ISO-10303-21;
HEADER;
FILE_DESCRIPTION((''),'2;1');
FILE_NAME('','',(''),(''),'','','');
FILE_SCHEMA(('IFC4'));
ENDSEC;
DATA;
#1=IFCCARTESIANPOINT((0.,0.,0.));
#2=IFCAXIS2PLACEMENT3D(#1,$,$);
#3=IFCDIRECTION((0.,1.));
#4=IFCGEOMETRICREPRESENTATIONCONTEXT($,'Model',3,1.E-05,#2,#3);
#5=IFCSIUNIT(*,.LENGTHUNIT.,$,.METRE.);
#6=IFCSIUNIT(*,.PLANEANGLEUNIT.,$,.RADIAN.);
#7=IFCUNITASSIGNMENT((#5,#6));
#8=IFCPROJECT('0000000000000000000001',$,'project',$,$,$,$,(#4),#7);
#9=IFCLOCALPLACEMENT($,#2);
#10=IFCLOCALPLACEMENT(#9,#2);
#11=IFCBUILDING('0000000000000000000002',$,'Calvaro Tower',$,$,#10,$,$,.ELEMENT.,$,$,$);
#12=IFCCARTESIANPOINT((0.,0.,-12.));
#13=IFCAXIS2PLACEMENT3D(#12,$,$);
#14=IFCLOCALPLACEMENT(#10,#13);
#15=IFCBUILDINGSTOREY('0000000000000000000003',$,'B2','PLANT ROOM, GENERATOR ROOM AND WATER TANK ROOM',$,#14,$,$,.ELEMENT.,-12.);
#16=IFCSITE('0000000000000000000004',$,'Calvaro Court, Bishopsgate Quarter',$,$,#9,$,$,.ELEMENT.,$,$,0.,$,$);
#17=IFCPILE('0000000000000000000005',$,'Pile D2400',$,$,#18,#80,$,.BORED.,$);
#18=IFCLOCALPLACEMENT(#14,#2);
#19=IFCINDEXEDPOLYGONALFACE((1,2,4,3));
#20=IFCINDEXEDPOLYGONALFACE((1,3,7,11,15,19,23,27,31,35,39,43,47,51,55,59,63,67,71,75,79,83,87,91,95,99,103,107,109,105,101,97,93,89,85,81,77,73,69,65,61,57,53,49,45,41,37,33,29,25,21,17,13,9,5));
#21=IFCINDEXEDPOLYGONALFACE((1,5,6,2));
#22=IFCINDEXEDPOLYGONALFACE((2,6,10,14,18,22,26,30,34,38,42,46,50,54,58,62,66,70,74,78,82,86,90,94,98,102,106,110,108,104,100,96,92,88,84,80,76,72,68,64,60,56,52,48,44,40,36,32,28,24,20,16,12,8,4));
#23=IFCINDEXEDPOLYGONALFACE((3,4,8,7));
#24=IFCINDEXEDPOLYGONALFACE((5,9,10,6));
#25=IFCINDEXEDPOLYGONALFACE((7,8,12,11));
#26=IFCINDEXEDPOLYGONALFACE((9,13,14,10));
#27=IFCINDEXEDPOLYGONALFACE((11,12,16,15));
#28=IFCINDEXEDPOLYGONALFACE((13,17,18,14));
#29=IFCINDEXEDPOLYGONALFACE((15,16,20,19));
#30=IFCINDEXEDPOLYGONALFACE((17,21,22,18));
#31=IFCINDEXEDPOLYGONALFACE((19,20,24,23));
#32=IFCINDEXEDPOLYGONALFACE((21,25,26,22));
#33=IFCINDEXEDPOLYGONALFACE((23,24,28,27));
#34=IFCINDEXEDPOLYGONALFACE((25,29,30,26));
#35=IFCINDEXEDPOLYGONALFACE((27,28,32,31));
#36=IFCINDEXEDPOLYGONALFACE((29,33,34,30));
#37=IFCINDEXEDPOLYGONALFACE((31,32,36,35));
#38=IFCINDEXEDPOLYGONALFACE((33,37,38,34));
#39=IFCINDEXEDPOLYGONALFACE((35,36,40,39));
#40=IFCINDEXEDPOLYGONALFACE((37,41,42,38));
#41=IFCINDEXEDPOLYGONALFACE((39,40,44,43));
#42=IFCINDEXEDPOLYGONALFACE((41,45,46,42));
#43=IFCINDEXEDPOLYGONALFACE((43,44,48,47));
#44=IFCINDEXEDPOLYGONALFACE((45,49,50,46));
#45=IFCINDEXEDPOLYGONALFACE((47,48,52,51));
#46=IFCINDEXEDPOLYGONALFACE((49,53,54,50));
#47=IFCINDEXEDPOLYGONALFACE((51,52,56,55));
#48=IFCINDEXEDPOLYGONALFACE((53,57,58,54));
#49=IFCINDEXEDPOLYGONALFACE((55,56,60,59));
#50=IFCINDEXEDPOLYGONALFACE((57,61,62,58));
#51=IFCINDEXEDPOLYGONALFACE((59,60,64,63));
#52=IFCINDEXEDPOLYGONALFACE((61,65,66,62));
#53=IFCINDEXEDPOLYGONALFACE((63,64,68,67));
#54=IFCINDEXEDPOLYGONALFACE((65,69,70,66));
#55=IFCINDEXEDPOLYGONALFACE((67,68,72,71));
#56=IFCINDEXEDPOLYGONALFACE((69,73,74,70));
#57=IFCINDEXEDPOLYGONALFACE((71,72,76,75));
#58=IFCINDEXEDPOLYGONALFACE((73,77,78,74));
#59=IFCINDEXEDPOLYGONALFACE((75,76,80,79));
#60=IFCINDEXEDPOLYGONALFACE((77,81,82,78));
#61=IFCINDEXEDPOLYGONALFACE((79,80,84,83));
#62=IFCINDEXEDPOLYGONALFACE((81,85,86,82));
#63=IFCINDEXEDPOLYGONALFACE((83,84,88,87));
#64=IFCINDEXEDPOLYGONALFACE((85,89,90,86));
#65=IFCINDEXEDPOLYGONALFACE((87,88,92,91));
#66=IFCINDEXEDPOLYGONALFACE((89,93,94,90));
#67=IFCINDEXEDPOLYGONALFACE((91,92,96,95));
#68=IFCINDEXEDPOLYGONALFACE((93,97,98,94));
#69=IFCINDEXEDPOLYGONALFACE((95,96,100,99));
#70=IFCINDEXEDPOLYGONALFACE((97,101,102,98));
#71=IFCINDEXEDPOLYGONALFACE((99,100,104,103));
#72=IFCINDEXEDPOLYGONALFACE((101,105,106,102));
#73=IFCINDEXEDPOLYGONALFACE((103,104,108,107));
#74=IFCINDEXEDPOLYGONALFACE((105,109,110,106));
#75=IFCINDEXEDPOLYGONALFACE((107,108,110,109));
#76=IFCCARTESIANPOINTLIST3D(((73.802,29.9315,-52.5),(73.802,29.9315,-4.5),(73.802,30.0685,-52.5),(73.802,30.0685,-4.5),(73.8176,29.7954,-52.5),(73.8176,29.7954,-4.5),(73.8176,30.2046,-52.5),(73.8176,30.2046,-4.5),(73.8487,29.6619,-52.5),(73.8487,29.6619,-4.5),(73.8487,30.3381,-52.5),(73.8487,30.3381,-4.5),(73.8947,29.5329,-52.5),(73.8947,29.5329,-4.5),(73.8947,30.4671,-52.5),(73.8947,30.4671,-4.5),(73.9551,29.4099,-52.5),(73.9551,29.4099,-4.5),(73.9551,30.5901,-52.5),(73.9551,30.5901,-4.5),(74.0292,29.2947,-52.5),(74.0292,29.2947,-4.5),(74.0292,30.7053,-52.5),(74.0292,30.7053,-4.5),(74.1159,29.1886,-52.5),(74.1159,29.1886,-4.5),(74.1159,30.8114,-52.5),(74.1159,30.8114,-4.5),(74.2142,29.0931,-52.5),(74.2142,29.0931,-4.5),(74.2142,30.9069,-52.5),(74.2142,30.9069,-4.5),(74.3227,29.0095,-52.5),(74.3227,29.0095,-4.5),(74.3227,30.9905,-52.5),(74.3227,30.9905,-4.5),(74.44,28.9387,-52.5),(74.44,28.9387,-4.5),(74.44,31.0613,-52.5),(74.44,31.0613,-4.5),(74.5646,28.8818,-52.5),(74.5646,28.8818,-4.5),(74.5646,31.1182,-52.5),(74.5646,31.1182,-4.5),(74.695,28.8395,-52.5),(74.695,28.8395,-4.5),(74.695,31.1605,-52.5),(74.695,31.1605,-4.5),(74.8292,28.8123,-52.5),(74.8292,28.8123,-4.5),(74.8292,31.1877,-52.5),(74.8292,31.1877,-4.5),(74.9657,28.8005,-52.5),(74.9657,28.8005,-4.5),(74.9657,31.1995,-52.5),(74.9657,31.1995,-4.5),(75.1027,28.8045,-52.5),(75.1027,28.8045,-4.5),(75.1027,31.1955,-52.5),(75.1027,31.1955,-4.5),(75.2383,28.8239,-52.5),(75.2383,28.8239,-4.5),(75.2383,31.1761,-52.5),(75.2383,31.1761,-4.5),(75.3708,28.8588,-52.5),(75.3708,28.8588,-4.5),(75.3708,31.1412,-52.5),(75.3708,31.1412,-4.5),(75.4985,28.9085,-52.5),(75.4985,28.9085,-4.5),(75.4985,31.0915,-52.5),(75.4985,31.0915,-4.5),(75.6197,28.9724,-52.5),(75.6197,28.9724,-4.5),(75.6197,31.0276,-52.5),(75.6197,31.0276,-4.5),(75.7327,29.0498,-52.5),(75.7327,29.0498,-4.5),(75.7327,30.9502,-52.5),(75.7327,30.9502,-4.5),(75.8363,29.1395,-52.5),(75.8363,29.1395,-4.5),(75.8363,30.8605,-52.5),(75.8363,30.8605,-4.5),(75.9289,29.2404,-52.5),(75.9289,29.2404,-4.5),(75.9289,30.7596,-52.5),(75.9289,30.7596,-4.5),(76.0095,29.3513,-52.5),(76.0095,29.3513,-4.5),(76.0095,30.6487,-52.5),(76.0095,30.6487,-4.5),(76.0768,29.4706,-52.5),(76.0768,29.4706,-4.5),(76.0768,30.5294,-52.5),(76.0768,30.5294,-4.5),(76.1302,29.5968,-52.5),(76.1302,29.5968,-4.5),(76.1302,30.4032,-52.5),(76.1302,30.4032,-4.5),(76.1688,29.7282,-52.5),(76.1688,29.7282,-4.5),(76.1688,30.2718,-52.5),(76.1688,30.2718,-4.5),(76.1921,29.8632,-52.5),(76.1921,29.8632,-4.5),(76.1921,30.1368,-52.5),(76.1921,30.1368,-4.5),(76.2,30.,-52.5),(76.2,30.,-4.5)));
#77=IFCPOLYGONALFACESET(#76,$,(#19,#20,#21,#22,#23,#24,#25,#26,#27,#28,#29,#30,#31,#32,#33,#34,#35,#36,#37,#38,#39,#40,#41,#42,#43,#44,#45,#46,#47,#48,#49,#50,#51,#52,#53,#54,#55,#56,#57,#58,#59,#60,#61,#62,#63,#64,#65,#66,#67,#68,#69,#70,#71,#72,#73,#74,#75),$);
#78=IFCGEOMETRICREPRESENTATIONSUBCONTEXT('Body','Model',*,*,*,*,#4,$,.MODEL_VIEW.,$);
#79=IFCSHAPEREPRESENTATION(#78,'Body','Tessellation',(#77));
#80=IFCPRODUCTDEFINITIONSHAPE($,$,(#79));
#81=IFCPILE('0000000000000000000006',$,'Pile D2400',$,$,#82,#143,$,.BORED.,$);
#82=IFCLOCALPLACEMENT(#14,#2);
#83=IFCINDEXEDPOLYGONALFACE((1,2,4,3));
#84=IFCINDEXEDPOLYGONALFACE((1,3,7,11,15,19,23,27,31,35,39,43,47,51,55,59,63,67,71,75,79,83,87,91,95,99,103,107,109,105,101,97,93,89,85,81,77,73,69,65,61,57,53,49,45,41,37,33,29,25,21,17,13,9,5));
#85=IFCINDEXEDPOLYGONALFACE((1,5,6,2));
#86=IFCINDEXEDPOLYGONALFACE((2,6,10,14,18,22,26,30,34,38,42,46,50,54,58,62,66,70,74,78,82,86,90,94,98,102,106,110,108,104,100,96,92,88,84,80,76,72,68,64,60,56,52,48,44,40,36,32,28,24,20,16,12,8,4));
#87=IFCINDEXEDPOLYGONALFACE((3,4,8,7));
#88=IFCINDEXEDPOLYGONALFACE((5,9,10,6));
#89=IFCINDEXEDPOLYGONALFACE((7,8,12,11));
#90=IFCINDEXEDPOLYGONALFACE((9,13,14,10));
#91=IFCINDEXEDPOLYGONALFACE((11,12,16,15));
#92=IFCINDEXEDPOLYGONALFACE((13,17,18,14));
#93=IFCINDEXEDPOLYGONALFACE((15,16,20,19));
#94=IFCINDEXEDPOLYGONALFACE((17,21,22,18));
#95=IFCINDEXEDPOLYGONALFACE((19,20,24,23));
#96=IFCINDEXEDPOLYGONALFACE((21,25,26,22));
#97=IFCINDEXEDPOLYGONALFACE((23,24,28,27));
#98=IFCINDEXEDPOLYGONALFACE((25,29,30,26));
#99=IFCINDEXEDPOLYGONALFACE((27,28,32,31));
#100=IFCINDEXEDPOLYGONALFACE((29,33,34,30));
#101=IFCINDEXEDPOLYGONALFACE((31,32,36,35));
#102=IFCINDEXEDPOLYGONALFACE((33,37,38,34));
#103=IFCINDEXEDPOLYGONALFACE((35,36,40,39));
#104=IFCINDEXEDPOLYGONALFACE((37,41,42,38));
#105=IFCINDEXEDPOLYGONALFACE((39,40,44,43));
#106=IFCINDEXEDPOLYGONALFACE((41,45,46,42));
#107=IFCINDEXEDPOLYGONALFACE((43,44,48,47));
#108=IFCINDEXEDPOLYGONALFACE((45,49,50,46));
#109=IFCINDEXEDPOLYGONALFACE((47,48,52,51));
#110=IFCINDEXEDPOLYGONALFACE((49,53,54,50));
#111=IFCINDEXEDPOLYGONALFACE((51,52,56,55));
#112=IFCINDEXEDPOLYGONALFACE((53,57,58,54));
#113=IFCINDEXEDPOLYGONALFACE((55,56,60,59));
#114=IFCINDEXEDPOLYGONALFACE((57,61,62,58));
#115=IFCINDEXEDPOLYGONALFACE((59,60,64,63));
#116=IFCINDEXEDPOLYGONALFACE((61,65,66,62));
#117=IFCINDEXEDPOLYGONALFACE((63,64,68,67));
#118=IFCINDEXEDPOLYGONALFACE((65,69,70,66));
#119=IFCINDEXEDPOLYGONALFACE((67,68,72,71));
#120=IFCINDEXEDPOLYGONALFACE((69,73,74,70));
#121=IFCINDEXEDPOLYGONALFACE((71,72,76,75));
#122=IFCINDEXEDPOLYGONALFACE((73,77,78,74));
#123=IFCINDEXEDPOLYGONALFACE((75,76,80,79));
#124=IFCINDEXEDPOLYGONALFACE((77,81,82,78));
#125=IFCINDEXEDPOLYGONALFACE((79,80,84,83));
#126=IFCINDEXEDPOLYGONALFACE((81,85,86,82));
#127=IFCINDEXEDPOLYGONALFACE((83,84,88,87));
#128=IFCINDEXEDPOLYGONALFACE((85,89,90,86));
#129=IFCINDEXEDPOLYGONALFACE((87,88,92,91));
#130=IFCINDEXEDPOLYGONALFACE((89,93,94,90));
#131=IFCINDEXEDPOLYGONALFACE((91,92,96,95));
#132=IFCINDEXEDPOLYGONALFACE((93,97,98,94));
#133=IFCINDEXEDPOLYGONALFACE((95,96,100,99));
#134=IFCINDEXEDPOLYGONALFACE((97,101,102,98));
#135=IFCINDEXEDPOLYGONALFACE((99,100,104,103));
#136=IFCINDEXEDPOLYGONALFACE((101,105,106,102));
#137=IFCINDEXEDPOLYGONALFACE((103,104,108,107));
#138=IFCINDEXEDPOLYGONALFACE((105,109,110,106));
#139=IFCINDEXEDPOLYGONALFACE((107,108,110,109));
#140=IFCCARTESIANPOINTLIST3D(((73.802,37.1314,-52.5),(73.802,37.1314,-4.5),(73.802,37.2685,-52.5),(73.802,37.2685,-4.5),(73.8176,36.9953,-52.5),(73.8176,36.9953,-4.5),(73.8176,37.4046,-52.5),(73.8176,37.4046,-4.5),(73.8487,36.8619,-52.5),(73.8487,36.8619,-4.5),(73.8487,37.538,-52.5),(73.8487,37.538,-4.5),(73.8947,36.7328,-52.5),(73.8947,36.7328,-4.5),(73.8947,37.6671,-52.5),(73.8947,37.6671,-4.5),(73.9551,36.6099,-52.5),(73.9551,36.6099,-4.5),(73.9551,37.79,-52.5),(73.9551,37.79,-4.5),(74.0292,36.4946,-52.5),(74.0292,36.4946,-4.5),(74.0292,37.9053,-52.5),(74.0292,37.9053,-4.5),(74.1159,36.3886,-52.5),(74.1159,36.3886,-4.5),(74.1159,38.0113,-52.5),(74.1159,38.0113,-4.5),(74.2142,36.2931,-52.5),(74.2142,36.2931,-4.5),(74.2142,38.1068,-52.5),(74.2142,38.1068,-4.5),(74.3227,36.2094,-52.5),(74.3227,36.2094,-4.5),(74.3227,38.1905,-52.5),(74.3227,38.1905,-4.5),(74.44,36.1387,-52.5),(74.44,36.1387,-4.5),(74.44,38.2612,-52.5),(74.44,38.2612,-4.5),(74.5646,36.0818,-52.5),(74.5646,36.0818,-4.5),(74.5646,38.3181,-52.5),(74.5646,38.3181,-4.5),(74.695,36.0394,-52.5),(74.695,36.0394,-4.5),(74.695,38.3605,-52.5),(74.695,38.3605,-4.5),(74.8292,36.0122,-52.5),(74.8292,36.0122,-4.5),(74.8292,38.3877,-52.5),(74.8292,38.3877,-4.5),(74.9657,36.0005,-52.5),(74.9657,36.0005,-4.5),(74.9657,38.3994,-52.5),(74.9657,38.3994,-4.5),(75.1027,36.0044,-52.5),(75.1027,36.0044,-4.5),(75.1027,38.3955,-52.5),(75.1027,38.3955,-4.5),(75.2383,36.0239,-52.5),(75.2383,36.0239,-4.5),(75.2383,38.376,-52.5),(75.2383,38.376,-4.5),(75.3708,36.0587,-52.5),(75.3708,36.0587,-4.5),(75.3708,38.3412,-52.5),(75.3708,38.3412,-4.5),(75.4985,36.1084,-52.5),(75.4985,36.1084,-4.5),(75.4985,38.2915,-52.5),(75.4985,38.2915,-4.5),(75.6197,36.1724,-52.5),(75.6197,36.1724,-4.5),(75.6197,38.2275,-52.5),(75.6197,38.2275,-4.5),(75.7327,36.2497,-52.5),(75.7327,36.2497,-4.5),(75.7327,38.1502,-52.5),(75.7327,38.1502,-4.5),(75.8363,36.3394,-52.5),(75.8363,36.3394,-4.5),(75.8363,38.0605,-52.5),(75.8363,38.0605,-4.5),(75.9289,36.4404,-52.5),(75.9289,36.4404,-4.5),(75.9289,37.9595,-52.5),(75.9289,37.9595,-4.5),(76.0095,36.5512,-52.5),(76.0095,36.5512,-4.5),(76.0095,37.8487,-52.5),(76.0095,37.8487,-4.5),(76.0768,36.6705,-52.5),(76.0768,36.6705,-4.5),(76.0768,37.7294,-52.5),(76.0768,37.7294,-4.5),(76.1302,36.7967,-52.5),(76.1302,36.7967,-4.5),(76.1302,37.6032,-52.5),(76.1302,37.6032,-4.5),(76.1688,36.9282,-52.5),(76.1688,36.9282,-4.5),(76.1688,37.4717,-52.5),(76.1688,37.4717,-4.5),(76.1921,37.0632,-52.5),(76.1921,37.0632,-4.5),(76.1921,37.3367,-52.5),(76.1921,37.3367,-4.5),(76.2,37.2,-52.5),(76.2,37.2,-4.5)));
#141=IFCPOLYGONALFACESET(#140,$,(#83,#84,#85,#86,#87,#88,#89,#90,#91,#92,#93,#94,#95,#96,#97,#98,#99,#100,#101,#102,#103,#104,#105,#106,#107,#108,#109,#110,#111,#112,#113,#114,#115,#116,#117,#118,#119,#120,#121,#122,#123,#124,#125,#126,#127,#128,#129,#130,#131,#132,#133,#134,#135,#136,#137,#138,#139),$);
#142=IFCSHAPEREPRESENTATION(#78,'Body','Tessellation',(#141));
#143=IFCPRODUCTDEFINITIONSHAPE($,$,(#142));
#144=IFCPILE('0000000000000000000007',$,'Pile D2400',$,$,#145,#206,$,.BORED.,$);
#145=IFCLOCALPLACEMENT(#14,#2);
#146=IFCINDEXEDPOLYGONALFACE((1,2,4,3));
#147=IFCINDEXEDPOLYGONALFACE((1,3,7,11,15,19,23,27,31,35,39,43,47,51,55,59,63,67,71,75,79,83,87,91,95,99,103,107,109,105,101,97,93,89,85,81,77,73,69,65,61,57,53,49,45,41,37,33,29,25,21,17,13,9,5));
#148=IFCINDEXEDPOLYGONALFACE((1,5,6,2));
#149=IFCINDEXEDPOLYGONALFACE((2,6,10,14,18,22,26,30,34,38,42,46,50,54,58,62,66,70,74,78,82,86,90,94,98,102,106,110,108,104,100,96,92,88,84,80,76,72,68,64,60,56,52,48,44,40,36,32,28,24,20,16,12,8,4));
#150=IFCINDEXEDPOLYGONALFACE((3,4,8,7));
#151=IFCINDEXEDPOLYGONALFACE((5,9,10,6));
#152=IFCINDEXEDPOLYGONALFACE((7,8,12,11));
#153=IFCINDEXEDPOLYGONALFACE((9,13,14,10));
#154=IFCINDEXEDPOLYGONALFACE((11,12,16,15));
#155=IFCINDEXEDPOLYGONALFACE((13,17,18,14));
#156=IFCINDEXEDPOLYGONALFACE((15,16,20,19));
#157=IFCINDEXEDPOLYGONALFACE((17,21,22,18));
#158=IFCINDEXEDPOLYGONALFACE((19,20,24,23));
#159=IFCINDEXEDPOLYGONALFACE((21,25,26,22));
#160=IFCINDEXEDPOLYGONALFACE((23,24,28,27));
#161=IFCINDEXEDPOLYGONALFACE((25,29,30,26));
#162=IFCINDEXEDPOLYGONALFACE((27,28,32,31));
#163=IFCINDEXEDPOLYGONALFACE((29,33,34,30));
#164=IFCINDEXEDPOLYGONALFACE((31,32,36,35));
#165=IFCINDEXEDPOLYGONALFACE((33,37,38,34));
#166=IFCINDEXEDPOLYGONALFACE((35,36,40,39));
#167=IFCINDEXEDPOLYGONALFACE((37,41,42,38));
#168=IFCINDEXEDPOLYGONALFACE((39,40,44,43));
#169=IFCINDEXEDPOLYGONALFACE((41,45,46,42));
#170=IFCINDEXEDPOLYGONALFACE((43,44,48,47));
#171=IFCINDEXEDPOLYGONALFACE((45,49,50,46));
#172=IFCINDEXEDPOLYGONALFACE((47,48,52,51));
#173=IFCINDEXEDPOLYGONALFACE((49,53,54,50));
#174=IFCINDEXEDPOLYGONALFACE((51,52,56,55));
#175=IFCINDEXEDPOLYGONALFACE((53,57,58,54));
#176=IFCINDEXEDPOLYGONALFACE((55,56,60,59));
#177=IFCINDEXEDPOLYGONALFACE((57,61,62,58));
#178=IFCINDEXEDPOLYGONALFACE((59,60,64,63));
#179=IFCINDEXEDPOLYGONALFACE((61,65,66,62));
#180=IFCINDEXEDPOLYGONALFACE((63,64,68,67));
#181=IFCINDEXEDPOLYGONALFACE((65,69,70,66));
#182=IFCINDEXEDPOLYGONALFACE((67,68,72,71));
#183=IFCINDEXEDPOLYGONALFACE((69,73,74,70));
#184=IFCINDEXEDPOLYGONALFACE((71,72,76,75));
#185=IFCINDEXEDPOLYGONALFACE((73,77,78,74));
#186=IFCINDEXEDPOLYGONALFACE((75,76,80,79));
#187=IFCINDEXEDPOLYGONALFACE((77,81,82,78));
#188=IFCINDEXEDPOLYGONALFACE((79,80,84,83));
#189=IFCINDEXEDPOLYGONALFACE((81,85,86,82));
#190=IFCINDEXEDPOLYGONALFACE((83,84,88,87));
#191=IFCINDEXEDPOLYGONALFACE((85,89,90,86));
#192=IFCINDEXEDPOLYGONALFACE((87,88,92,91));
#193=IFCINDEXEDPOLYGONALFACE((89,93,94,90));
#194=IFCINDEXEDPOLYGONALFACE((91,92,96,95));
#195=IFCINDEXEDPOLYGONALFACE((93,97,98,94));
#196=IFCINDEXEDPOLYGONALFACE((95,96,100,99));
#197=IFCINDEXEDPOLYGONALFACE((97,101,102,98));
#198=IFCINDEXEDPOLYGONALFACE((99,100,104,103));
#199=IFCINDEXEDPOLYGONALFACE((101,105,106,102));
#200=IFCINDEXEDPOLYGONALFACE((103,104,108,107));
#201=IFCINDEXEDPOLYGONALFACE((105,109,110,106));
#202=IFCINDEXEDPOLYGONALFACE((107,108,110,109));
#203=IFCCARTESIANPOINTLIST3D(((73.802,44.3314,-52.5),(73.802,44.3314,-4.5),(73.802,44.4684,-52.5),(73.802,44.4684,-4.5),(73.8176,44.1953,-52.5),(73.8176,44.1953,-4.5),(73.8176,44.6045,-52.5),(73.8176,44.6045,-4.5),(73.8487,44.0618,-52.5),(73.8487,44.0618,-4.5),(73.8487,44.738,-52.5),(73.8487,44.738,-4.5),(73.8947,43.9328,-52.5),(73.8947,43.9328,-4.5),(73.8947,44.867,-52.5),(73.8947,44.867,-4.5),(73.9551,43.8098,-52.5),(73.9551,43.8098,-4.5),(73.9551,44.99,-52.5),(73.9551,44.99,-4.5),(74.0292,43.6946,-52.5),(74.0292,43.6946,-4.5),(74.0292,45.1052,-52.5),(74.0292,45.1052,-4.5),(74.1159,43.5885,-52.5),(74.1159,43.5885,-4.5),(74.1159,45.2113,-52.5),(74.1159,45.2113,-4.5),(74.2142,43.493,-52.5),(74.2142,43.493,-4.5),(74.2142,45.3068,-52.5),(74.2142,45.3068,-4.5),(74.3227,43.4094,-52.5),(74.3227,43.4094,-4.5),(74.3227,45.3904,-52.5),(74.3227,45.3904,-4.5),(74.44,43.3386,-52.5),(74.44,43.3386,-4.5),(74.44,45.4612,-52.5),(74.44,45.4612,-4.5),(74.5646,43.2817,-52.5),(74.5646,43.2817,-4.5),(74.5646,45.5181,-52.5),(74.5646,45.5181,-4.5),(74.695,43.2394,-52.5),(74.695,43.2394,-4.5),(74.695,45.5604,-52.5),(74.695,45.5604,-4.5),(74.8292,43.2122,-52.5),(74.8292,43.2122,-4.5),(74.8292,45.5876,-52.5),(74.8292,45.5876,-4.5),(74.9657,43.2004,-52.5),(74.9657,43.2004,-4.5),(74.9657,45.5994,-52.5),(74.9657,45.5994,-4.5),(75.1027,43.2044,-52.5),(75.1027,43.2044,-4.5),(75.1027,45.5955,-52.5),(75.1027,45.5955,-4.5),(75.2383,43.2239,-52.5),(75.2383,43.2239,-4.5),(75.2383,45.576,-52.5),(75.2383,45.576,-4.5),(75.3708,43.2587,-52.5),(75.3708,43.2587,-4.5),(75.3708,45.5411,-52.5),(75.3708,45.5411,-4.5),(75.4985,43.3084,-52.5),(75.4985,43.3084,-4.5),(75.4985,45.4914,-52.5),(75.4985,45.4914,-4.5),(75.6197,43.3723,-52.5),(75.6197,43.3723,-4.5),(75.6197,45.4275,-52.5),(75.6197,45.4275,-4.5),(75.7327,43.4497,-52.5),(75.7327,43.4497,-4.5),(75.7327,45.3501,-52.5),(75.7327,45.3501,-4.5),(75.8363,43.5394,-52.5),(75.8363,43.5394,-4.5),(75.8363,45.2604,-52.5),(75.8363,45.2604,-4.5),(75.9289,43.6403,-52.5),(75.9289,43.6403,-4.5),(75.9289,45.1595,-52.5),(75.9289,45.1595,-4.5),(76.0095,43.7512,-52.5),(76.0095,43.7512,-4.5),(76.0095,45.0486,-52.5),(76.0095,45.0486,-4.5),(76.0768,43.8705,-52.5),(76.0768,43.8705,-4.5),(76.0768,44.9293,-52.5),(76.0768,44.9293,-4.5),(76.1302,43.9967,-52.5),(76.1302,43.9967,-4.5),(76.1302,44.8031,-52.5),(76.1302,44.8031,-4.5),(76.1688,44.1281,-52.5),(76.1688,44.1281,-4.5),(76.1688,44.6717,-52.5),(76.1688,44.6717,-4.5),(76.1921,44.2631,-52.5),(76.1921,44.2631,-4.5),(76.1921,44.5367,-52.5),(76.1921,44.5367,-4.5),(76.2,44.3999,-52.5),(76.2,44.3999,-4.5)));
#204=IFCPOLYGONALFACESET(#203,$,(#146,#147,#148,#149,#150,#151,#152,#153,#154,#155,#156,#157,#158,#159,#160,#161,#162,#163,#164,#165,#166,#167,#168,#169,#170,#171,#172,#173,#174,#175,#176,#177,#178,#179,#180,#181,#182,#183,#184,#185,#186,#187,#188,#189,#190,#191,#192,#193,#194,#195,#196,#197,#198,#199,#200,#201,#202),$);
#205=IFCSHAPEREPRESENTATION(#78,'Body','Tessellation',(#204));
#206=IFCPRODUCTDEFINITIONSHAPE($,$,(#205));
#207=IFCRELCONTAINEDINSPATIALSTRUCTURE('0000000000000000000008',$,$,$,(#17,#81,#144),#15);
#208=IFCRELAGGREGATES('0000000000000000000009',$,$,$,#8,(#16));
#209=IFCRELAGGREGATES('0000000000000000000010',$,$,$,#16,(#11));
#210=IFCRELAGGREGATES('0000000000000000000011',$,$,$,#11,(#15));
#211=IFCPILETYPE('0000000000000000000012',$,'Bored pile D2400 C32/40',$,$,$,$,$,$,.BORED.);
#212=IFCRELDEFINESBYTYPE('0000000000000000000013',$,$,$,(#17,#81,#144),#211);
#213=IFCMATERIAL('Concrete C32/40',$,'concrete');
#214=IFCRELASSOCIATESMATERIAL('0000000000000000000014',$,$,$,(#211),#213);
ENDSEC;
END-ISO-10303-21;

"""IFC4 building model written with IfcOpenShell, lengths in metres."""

from ifc_helpers import new_model, si_unit, direction, frame, origin, origin_2d, place, context, subcontext, project, spatial, circle, extrude, material, material_profile, profile_set, type_object, element, save


model = new_model("IFC4")

# Units and contexts
model_context = context("Model", 3, precision=1e-05, world=origin(), true_north=direction((0.0, 1.0)))
body_context = subcontext(model_context, "Body", "Model", "MODEL_VIEW")
ifc_project = project(units=[si_unit("LENGTHUNIT", "METRE"), si_unit("PLANEANGLEUNIT", "RADIAN")], contexts=[model_context])

# Site, building, storey
site_placement = place(None, origin())
site = spatial("IfcSite", under=ifc_project, at=site_placement, Name="Calvaro Court, Bishopsgate Quarter", CompositionType="ELEMENT", RefElevation=0.0)
building_placement = place(site_placement, origin())
building = spatial("IfcBuilding", under=site, at=building_placement, Name="Calvaro Tower", CompositionType="ELEMENT")
storey_placement = place(building_placement, frame((0.0, 0.0, -12.0)))
storey = spatial("IfcBuildingStorey", under=building, at=storey_placement, Name="B2", Description="PLANT ROOM, GENERATOR ROOM AND WATER TANK ROOM", CompositionType="ELEMENT", Elevation=-12.0)

# Piles
ifc_material_1 = material(Name="Concrete C32/40", Category="concrete")
ifc_material_profile = material_profile(ifc_material_1, circle(Radius=1.2, at=origin_2d()), Name="Bored pile D2400")
ifc_profile_set = profile_set([ifc_material_profile], Name="Concrete C32/40")
pile_type = type_object("IfcPileType", Name="Bored pile D2400 C32/40", PredefinedType="BORED", material=ifc_profile_set)
for number, where, z_axis, x_axis, name in (
    (1, (75.0, 30.0, -4.5), (0.0, 0.0, -1.0), (1.0, 0.0, 0.0), "Pile D2400"),
    (2, (75.0, 37.2, -4.5), (0.0, 0.0, -1.0), (1.0, 0.0, 0.0), "Pile D2400"),
    (3, (75.0, 44.3999, -4.5), (0.0, 0.0, -1.0), (1.0, 0.0, 0.0), "Pile D2400"),
):
    element("IfcPile", number, at=place(storey_placement, frame(where, z_axis=z_axis, x_axis=x_axis)), inside=storey, type_object=pile_type, Name=name, PredefinedType="BORED", context=body_context, shape_type="SweptSolid", body=[
        extrude(circle(Radius=1.2, at=origin_2d()), origin(), (0.0, 0.0, 1.0), 48.0),
    ])

save(model, "model.ifc")
